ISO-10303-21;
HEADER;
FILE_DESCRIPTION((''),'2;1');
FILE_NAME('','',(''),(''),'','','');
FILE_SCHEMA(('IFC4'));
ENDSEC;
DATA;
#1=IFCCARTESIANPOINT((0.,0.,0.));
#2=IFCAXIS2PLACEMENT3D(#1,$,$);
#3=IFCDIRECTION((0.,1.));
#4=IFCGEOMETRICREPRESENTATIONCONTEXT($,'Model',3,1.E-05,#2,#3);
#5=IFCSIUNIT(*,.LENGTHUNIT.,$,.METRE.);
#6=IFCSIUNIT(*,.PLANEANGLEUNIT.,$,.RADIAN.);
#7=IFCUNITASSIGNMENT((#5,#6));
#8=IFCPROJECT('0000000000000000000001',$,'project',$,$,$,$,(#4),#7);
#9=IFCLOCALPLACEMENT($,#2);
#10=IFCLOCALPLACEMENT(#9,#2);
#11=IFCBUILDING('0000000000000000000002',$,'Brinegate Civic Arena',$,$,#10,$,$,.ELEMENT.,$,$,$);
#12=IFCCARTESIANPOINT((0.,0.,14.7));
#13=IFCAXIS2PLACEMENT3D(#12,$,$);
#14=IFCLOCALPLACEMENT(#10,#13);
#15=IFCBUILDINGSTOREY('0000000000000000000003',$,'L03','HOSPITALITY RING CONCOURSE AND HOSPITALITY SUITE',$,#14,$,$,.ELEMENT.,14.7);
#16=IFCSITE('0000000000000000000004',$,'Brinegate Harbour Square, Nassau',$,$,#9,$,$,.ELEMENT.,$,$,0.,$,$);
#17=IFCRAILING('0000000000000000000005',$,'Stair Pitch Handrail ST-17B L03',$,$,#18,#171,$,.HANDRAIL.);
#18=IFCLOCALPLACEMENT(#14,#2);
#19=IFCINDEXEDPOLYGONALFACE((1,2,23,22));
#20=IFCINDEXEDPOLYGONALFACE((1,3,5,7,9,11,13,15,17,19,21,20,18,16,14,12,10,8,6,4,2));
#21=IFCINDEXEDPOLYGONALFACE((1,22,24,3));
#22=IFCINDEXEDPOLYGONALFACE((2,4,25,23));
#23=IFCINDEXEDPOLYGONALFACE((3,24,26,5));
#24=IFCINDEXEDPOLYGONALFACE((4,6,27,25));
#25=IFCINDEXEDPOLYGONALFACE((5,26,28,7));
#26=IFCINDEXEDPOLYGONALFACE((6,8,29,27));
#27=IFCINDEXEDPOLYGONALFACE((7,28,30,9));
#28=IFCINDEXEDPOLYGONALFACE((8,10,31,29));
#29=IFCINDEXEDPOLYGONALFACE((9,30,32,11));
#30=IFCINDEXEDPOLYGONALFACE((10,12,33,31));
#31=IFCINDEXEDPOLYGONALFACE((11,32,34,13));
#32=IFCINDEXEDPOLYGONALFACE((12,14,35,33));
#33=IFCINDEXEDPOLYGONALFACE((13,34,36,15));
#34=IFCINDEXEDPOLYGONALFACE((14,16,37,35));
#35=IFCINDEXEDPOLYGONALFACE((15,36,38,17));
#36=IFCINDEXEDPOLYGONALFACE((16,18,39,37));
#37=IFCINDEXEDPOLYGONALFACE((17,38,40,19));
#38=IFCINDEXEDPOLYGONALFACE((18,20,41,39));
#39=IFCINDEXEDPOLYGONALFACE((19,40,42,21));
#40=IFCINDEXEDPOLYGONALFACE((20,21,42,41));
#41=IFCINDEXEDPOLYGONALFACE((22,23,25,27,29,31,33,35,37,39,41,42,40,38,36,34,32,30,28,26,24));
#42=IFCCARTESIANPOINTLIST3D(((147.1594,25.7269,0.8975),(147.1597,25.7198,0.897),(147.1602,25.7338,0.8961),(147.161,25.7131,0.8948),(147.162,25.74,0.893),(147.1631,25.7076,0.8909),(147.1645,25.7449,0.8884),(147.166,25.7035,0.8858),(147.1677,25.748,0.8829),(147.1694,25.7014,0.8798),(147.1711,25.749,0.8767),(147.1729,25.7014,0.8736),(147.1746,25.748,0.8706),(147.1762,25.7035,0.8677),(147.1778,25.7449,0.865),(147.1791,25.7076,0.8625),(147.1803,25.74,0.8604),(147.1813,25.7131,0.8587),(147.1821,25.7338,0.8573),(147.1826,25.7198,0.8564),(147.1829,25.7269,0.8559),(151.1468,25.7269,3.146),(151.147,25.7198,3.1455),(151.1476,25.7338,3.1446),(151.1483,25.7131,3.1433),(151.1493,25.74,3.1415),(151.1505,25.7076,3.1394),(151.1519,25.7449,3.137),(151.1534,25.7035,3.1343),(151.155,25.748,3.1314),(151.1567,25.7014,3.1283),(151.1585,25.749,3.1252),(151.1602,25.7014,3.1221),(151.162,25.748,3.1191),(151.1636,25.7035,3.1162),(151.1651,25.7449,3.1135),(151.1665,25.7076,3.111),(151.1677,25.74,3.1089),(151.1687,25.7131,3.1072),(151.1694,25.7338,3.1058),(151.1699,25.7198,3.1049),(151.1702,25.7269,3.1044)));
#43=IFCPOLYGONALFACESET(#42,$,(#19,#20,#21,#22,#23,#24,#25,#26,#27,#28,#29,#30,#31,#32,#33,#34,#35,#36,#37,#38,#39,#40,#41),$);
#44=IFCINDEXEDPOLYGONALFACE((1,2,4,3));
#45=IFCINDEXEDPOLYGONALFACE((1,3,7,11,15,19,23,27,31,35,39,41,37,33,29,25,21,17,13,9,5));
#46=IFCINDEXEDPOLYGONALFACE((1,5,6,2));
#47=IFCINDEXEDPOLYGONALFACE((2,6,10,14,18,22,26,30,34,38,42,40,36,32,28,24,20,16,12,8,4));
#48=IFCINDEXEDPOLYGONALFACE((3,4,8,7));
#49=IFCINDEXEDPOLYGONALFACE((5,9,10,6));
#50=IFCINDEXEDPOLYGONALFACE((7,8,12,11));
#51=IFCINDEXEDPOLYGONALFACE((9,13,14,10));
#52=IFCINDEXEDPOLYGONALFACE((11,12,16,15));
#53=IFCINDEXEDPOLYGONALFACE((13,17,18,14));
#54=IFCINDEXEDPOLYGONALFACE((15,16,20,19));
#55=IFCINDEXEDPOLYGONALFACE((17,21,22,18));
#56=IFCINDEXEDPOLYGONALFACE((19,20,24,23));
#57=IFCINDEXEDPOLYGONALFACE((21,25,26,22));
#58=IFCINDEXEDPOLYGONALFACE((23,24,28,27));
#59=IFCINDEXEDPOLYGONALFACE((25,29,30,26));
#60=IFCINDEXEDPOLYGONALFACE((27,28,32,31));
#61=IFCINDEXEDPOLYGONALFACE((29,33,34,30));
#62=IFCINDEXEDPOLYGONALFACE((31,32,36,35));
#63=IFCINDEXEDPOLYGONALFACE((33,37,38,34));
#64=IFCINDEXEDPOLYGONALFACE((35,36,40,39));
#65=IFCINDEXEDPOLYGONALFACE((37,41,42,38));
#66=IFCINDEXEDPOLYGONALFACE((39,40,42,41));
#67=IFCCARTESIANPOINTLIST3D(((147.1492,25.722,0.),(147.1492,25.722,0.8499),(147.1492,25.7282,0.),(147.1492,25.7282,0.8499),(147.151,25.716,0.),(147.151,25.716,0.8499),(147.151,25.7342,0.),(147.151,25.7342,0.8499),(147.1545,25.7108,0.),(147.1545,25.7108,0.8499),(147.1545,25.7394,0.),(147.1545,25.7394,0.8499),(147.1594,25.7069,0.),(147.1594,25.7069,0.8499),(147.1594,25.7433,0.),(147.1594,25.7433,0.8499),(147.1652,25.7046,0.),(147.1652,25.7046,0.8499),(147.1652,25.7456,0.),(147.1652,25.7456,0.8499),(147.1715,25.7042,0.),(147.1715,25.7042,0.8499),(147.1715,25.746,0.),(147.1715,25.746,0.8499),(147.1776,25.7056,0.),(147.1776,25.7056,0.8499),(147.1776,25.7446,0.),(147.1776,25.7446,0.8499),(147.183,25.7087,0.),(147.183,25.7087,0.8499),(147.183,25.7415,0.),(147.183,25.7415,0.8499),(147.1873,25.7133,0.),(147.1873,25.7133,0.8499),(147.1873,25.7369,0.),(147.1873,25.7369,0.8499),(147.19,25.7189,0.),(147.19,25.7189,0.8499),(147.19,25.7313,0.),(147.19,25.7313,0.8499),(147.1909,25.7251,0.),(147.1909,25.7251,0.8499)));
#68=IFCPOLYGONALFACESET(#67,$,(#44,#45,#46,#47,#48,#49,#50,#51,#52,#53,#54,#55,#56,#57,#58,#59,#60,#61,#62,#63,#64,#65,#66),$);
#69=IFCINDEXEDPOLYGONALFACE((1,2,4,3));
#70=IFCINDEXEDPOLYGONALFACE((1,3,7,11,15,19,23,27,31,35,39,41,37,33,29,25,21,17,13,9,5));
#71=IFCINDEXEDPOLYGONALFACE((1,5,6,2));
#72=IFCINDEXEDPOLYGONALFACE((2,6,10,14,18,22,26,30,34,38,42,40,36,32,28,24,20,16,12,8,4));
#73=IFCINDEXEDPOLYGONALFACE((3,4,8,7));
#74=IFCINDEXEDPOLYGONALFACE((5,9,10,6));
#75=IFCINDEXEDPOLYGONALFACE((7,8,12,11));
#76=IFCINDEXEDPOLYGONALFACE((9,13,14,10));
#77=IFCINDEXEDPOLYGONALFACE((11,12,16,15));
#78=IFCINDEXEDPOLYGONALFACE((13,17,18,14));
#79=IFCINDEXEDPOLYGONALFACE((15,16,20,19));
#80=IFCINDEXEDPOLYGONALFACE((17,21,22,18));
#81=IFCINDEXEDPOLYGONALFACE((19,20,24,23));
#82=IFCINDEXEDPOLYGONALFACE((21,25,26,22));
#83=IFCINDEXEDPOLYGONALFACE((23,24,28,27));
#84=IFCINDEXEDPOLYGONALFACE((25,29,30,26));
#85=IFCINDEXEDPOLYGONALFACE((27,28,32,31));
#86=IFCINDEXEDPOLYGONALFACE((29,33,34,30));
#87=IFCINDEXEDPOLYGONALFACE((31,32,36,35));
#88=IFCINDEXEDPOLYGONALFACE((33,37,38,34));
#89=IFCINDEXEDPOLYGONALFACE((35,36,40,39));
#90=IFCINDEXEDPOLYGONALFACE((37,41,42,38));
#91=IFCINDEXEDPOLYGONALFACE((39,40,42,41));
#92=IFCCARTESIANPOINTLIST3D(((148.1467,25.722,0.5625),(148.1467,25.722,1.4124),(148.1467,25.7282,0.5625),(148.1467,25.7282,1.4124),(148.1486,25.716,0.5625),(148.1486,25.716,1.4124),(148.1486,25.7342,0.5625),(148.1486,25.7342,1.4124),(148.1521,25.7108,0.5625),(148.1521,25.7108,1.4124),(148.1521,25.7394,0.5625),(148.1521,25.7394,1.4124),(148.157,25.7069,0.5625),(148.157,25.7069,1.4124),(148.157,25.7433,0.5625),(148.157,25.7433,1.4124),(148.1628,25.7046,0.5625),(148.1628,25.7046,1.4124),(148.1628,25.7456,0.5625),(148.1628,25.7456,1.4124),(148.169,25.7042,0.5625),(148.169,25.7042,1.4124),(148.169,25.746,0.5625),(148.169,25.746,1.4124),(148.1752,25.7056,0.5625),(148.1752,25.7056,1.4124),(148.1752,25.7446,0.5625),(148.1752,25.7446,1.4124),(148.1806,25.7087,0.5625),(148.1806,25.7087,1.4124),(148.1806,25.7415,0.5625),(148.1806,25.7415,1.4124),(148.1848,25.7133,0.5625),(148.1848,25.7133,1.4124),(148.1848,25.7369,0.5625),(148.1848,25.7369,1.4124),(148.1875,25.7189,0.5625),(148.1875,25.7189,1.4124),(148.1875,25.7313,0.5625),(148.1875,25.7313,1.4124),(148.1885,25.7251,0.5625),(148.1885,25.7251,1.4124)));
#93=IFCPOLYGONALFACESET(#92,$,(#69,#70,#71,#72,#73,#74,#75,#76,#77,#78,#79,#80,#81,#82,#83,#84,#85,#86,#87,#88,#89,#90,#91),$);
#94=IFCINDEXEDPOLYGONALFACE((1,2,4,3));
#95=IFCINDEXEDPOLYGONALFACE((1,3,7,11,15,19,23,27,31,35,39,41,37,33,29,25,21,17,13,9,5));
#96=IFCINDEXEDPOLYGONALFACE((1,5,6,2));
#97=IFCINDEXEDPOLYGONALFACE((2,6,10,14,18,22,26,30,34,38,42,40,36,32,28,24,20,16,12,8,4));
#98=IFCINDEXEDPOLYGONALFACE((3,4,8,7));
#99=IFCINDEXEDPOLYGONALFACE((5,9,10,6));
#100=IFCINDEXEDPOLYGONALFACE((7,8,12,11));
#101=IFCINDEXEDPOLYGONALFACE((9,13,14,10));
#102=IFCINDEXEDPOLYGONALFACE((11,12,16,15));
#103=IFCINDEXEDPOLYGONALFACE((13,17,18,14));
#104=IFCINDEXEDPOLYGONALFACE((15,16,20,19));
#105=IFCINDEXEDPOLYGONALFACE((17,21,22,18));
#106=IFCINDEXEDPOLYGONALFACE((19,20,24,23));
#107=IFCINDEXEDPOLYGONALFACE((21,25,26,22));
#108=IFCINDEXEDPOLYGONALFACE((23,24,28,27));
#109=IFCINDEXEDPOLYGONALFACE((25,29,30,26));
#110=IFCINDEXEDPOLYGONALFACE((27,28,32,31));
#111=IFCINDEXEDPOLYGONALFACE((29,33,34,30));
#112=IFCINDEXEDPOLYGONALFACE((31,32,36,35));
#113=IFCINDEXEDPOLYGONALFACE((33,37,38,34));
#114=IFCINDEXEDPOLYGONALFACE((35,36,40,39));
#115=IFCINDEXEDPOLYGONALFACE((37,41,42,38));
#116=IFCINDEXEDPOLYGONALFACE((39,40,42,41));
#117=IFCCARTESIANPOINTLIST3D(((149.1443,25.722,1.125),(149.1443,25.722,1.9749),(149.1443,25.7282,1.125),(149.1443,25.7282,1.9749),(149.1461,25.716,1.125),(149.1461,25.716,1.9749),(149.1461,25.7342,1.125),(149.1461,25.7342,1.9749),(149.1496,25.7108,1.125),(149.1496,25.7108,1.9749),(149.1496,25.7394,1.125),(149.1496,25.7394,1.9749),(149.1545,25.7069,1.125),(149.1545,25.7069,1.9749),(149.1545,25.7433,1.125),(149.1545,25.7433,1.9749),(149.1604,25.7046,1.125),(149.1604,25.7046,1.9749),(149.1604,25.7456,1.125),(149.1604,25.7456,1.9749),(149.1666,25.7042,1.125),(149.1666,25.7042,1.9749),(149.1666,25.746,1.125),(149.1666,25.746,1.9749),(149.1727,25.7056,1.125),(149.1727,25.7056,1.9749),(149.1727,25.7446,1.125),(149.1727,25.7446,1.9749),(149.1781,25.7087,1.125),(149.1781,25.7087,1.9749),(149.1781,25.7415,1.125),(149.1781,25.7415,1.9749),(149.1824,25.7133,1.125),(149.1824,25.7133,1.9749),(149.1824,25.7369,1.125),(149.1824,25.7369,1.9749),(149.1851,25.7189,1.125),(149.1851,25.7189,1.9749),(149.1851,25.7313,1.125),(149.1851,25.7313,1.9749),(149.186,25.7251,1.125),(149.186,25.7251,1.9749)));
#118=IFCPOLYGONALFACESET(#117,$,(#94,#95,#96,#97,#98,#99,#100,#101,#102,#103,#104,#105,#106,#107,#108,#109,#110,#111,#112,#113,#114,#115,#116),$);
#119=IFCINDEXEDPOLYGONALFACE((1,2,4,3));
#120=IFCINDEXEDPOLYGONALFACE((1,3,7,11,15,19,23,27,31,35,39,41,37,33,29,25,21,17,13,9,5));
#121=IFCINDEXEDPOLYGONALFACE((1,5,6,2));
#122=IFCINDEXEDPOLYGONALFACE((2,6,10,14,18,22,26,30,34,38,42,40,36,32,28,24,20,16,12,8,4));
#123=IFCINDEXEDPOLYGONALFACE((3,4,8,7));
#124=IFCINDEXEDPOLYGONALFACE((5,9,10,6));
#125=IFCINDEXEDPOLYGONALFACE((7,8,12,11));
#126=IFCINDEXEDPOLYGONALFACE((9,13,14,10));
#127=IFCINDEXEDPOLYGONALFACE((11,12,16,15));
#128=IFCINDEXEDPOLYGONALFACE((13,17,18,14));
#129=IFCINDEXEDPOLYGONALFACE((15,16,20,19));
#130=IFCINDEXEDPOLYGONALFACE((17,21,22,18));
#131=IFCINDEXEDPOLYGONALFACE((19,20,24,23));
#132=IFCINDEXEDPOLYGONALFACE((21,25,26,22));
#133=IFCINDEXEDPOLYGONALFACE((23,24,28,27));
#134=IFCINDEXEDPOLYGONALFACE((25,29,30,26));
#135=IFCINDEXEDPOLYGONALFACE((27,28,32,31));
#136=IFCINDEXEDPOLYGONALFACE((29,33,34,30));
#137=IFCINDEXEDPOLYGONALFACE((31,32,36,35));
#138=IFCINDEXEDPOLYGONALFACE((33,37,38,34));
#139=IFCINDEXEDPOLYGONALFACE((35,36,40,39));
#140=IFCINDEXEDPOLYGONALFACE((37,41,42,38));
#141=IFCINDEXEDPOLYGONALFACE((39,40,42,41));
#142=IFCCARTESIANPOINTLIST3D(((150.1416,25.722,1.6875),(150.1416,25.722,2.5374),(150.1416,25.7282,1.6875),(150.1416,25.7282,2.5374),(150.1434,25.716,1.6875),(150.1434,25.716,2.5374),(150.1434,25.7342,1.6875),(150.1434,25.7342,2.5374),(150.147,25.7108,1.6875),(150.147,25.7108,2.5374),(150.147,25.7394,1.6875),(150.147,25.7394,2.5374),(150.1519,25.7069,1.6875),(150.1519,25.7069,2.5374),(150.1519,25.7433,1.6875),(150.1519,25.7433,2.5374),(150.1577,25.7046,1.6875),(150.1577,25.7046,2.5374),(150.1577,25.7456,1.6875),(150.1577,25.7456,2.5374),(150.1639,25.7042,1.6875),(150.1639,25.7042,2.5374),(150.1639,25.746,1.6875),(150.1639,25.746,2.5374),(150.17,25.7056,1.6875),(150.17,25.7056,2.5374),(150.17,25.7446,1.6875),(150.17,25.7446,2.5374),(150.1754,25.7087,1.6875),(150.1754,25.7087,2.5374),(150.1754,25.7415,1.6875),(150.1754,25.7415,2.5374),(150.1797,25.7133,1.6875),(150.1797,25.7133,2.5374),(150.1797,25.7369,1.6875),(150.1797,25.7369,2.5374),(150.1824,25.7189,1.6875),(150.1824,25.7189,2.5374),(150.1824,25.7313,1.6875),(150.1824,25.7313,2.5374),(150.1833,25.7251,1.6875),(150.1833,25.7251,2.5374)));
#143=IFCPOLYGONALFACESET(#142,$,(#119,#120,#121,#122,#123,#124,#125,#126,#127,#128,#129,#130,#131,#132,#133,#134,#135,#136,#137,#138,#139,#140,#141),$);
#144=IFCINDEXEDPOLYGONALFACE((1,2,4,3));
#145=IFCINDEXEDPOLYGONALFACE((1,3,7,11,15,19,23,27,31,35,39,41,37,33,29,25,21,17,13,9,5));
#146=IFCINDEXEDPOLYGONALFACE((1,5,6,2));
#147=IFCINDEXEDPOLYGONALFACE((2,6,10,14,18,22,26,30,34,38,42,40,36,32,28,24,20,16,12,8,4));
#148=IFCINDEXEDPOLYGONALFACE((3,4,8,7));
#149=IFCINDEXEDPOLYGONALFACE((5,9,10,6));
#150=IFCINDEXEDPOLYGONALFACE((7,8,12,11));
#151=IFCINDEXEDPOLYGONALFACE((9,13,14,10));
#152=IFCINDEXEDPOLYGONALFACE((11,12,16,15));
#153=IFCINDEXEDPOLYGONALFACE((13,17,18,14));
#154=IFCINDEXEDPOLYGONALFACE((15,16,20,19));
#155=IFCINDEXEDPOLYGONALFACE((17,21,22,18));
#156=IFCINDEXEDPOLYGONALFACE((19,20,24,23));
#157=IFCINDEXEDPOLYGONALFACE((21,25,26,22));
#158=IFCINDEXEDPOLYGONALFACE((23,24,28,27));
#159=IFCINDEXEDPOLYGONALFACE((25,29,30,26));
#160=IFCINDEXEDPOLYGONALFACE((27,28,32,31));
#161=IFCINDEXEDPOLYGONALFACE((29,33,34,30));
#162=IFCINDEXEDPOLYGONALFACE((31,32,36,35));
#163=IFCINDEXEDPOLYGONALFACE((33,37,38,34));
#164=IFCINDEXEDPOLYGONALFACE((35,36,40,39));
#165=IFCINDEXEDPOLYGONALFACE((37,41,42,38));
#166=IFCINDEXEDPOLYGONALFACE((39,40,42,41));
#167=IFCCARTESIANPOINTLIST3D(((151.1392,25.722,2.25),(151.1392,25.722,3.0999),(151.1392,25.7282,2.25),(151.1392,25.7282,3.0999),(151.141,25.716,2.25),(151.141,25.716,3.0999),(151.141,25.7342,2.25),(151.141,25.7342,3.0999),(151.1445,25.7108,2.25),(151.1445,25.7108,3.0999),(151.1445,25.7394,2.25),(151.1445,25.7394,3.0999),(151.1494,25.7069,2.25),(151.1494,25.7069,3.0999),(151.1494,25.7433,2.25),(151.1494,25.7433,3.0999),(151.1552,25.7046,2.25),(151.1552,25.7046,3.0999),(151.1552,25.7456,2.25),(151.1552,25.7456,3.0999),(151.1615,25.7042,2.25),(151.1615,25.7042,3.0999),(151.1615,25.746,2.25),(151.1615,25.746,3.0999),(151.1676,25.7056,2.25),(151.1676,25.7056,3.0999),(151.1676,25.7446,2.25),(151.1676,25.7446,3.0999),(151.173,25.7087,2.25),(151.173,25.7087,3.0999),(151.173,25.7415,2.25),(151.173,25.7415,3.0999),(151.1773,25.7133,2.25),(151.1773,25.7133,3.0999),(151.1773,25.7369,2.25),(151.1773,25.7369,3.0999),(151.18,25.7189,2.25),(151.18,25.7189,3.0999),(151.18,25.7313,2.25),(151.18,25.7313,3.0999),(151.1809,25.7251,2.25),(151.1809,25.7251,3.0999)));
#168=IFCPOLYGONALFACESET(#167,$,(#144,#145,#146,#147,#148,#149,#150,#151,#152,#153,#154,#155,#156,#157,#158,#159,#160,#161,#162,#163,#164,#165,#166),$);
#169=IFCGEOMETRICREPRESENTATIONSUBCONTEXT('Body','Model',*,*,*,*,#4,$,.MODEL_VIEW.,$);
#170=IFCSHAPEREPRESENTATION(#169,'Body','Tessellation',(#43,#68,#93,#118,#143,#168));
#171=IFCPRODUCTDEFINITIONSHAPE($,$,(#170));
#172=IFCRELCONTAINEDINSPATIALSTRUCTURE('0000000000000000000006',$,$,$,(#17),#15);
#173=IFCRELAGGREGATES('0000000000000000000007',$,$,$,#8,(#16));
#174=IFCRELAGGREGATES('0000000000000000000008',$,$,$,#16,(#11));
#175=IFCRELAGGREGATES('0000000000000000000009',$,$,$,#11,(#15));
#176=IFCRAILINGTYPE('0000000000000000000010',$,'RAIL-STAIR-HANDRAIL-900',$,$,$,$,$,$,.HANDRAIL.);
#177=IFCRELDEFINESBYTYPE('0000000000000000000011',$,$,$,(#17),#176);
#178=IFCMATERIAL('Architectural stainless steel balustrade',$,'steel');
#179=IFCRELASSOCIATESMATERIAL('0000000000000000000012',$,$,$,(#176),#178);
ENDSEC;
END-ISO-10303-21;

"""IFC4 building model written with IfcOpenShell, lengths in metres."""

from ifc_helpers import new_model, si_unit, direction, frame, origin, origin_2d, place, context, subcontext, project, spatial, circle, extrude, material, type_object, element, save


model = new_model("IFC4")

# Units and contexts
model_context = context("Model", 3, precision=1e-05, world=origin(), true_north=direction((0.0, 1.0)))
body_context = subcontext(model_context, "Body", "Model", "MODEL_VIEW")
ifc_project = project(units=[si_unit("LENGTHUNIT", "METRE"), si_unit("PLANEANGLEUNIT", "RADIAN")], contexts=[model_context])

# Site, building, storey
site_placement = place(None, origin())
site = spatial("IfcSite", under=ifc_project, at=site_placement, Name="Brinegate Harbour Square, Nassau", CompositionType="ELEMENT", RefElevation=0.0)
building_placement = place(site_placement, origin())
building = spatial("IfcBuilding", under=site, at=building_placement, Name="Brinegate Civic Arena", CompositionType="ELEMENT")
storey_placement = place(building_placement, frame((0.0, 0.0, 14.7)))
storey = spatial("IfcBuildingStorey", under=building, at=storey_placement, Name="L03", Description="HOSPITALITY RING CONCOURSE AND HOSPITALITY SUITE", CompositionType="ELEMENT", Elevation=14.7)

# Railing
ifc_material_1 = material(Name="Architectural stainless steel balustrade", Category="steel")
railing_type_1 = type_object("IfcRailingType", Name="RAIL-STAIR-HANDRAIL-900", PredefinedType="HANDRAIL", material=ifc_material_1)
for number, where, name in (
    (1, (147.1699, 25.7251, 0.0), "Stair Pitch Handrail ST-17B L03"),
):
    element("IfcRailing", number, at=place(storey_placement, frame(where)), inside=storey, type_object=railing_type_1, Name=name, PredefinedType="HANDRAIL", context=body_context, shape_type="SweptSolid", body=[
        extrude(circle(Radius=0.0239, at=origin_2d()), frame((0.0012, 0.0, 0.8767), z_axis=(0.87105, 0.0, 0.491195), x_axis=(0.0, 1.0, 0.0)), (0.0, 0.0, 1.0), 4.5776),
        extrude(circle(Radius=0.021, at=origin_2d()), origin(), (0.0, 0.0, 1.0), 0.8499),
        extrude(circle(Radius=0.021, at=origin_2d()), frame((0.9976, 0.0, 0.5625)), (0.0, 0.0, 1.0), 0.8499),
        extrude(circle(Radius=0.021, at=origin_2d()), frame((1.9951, 0.0, 1.125)), (0.0, 0.0, 1.0), 0.8499),
        extrude(circle(Radius=0.021, at=origin_2d()), frame((2.9924, 0.0, 1.6875)), (0.0, 0.0, 1.0), 0.8499),
        extrude(circle(Radius=0.021, at=origin_2d()), frame((3.99, 0.0, 2.25)), (0.0, 0.0, 1.0), 0.8499),
    ])

save(model, "model.ifc")
